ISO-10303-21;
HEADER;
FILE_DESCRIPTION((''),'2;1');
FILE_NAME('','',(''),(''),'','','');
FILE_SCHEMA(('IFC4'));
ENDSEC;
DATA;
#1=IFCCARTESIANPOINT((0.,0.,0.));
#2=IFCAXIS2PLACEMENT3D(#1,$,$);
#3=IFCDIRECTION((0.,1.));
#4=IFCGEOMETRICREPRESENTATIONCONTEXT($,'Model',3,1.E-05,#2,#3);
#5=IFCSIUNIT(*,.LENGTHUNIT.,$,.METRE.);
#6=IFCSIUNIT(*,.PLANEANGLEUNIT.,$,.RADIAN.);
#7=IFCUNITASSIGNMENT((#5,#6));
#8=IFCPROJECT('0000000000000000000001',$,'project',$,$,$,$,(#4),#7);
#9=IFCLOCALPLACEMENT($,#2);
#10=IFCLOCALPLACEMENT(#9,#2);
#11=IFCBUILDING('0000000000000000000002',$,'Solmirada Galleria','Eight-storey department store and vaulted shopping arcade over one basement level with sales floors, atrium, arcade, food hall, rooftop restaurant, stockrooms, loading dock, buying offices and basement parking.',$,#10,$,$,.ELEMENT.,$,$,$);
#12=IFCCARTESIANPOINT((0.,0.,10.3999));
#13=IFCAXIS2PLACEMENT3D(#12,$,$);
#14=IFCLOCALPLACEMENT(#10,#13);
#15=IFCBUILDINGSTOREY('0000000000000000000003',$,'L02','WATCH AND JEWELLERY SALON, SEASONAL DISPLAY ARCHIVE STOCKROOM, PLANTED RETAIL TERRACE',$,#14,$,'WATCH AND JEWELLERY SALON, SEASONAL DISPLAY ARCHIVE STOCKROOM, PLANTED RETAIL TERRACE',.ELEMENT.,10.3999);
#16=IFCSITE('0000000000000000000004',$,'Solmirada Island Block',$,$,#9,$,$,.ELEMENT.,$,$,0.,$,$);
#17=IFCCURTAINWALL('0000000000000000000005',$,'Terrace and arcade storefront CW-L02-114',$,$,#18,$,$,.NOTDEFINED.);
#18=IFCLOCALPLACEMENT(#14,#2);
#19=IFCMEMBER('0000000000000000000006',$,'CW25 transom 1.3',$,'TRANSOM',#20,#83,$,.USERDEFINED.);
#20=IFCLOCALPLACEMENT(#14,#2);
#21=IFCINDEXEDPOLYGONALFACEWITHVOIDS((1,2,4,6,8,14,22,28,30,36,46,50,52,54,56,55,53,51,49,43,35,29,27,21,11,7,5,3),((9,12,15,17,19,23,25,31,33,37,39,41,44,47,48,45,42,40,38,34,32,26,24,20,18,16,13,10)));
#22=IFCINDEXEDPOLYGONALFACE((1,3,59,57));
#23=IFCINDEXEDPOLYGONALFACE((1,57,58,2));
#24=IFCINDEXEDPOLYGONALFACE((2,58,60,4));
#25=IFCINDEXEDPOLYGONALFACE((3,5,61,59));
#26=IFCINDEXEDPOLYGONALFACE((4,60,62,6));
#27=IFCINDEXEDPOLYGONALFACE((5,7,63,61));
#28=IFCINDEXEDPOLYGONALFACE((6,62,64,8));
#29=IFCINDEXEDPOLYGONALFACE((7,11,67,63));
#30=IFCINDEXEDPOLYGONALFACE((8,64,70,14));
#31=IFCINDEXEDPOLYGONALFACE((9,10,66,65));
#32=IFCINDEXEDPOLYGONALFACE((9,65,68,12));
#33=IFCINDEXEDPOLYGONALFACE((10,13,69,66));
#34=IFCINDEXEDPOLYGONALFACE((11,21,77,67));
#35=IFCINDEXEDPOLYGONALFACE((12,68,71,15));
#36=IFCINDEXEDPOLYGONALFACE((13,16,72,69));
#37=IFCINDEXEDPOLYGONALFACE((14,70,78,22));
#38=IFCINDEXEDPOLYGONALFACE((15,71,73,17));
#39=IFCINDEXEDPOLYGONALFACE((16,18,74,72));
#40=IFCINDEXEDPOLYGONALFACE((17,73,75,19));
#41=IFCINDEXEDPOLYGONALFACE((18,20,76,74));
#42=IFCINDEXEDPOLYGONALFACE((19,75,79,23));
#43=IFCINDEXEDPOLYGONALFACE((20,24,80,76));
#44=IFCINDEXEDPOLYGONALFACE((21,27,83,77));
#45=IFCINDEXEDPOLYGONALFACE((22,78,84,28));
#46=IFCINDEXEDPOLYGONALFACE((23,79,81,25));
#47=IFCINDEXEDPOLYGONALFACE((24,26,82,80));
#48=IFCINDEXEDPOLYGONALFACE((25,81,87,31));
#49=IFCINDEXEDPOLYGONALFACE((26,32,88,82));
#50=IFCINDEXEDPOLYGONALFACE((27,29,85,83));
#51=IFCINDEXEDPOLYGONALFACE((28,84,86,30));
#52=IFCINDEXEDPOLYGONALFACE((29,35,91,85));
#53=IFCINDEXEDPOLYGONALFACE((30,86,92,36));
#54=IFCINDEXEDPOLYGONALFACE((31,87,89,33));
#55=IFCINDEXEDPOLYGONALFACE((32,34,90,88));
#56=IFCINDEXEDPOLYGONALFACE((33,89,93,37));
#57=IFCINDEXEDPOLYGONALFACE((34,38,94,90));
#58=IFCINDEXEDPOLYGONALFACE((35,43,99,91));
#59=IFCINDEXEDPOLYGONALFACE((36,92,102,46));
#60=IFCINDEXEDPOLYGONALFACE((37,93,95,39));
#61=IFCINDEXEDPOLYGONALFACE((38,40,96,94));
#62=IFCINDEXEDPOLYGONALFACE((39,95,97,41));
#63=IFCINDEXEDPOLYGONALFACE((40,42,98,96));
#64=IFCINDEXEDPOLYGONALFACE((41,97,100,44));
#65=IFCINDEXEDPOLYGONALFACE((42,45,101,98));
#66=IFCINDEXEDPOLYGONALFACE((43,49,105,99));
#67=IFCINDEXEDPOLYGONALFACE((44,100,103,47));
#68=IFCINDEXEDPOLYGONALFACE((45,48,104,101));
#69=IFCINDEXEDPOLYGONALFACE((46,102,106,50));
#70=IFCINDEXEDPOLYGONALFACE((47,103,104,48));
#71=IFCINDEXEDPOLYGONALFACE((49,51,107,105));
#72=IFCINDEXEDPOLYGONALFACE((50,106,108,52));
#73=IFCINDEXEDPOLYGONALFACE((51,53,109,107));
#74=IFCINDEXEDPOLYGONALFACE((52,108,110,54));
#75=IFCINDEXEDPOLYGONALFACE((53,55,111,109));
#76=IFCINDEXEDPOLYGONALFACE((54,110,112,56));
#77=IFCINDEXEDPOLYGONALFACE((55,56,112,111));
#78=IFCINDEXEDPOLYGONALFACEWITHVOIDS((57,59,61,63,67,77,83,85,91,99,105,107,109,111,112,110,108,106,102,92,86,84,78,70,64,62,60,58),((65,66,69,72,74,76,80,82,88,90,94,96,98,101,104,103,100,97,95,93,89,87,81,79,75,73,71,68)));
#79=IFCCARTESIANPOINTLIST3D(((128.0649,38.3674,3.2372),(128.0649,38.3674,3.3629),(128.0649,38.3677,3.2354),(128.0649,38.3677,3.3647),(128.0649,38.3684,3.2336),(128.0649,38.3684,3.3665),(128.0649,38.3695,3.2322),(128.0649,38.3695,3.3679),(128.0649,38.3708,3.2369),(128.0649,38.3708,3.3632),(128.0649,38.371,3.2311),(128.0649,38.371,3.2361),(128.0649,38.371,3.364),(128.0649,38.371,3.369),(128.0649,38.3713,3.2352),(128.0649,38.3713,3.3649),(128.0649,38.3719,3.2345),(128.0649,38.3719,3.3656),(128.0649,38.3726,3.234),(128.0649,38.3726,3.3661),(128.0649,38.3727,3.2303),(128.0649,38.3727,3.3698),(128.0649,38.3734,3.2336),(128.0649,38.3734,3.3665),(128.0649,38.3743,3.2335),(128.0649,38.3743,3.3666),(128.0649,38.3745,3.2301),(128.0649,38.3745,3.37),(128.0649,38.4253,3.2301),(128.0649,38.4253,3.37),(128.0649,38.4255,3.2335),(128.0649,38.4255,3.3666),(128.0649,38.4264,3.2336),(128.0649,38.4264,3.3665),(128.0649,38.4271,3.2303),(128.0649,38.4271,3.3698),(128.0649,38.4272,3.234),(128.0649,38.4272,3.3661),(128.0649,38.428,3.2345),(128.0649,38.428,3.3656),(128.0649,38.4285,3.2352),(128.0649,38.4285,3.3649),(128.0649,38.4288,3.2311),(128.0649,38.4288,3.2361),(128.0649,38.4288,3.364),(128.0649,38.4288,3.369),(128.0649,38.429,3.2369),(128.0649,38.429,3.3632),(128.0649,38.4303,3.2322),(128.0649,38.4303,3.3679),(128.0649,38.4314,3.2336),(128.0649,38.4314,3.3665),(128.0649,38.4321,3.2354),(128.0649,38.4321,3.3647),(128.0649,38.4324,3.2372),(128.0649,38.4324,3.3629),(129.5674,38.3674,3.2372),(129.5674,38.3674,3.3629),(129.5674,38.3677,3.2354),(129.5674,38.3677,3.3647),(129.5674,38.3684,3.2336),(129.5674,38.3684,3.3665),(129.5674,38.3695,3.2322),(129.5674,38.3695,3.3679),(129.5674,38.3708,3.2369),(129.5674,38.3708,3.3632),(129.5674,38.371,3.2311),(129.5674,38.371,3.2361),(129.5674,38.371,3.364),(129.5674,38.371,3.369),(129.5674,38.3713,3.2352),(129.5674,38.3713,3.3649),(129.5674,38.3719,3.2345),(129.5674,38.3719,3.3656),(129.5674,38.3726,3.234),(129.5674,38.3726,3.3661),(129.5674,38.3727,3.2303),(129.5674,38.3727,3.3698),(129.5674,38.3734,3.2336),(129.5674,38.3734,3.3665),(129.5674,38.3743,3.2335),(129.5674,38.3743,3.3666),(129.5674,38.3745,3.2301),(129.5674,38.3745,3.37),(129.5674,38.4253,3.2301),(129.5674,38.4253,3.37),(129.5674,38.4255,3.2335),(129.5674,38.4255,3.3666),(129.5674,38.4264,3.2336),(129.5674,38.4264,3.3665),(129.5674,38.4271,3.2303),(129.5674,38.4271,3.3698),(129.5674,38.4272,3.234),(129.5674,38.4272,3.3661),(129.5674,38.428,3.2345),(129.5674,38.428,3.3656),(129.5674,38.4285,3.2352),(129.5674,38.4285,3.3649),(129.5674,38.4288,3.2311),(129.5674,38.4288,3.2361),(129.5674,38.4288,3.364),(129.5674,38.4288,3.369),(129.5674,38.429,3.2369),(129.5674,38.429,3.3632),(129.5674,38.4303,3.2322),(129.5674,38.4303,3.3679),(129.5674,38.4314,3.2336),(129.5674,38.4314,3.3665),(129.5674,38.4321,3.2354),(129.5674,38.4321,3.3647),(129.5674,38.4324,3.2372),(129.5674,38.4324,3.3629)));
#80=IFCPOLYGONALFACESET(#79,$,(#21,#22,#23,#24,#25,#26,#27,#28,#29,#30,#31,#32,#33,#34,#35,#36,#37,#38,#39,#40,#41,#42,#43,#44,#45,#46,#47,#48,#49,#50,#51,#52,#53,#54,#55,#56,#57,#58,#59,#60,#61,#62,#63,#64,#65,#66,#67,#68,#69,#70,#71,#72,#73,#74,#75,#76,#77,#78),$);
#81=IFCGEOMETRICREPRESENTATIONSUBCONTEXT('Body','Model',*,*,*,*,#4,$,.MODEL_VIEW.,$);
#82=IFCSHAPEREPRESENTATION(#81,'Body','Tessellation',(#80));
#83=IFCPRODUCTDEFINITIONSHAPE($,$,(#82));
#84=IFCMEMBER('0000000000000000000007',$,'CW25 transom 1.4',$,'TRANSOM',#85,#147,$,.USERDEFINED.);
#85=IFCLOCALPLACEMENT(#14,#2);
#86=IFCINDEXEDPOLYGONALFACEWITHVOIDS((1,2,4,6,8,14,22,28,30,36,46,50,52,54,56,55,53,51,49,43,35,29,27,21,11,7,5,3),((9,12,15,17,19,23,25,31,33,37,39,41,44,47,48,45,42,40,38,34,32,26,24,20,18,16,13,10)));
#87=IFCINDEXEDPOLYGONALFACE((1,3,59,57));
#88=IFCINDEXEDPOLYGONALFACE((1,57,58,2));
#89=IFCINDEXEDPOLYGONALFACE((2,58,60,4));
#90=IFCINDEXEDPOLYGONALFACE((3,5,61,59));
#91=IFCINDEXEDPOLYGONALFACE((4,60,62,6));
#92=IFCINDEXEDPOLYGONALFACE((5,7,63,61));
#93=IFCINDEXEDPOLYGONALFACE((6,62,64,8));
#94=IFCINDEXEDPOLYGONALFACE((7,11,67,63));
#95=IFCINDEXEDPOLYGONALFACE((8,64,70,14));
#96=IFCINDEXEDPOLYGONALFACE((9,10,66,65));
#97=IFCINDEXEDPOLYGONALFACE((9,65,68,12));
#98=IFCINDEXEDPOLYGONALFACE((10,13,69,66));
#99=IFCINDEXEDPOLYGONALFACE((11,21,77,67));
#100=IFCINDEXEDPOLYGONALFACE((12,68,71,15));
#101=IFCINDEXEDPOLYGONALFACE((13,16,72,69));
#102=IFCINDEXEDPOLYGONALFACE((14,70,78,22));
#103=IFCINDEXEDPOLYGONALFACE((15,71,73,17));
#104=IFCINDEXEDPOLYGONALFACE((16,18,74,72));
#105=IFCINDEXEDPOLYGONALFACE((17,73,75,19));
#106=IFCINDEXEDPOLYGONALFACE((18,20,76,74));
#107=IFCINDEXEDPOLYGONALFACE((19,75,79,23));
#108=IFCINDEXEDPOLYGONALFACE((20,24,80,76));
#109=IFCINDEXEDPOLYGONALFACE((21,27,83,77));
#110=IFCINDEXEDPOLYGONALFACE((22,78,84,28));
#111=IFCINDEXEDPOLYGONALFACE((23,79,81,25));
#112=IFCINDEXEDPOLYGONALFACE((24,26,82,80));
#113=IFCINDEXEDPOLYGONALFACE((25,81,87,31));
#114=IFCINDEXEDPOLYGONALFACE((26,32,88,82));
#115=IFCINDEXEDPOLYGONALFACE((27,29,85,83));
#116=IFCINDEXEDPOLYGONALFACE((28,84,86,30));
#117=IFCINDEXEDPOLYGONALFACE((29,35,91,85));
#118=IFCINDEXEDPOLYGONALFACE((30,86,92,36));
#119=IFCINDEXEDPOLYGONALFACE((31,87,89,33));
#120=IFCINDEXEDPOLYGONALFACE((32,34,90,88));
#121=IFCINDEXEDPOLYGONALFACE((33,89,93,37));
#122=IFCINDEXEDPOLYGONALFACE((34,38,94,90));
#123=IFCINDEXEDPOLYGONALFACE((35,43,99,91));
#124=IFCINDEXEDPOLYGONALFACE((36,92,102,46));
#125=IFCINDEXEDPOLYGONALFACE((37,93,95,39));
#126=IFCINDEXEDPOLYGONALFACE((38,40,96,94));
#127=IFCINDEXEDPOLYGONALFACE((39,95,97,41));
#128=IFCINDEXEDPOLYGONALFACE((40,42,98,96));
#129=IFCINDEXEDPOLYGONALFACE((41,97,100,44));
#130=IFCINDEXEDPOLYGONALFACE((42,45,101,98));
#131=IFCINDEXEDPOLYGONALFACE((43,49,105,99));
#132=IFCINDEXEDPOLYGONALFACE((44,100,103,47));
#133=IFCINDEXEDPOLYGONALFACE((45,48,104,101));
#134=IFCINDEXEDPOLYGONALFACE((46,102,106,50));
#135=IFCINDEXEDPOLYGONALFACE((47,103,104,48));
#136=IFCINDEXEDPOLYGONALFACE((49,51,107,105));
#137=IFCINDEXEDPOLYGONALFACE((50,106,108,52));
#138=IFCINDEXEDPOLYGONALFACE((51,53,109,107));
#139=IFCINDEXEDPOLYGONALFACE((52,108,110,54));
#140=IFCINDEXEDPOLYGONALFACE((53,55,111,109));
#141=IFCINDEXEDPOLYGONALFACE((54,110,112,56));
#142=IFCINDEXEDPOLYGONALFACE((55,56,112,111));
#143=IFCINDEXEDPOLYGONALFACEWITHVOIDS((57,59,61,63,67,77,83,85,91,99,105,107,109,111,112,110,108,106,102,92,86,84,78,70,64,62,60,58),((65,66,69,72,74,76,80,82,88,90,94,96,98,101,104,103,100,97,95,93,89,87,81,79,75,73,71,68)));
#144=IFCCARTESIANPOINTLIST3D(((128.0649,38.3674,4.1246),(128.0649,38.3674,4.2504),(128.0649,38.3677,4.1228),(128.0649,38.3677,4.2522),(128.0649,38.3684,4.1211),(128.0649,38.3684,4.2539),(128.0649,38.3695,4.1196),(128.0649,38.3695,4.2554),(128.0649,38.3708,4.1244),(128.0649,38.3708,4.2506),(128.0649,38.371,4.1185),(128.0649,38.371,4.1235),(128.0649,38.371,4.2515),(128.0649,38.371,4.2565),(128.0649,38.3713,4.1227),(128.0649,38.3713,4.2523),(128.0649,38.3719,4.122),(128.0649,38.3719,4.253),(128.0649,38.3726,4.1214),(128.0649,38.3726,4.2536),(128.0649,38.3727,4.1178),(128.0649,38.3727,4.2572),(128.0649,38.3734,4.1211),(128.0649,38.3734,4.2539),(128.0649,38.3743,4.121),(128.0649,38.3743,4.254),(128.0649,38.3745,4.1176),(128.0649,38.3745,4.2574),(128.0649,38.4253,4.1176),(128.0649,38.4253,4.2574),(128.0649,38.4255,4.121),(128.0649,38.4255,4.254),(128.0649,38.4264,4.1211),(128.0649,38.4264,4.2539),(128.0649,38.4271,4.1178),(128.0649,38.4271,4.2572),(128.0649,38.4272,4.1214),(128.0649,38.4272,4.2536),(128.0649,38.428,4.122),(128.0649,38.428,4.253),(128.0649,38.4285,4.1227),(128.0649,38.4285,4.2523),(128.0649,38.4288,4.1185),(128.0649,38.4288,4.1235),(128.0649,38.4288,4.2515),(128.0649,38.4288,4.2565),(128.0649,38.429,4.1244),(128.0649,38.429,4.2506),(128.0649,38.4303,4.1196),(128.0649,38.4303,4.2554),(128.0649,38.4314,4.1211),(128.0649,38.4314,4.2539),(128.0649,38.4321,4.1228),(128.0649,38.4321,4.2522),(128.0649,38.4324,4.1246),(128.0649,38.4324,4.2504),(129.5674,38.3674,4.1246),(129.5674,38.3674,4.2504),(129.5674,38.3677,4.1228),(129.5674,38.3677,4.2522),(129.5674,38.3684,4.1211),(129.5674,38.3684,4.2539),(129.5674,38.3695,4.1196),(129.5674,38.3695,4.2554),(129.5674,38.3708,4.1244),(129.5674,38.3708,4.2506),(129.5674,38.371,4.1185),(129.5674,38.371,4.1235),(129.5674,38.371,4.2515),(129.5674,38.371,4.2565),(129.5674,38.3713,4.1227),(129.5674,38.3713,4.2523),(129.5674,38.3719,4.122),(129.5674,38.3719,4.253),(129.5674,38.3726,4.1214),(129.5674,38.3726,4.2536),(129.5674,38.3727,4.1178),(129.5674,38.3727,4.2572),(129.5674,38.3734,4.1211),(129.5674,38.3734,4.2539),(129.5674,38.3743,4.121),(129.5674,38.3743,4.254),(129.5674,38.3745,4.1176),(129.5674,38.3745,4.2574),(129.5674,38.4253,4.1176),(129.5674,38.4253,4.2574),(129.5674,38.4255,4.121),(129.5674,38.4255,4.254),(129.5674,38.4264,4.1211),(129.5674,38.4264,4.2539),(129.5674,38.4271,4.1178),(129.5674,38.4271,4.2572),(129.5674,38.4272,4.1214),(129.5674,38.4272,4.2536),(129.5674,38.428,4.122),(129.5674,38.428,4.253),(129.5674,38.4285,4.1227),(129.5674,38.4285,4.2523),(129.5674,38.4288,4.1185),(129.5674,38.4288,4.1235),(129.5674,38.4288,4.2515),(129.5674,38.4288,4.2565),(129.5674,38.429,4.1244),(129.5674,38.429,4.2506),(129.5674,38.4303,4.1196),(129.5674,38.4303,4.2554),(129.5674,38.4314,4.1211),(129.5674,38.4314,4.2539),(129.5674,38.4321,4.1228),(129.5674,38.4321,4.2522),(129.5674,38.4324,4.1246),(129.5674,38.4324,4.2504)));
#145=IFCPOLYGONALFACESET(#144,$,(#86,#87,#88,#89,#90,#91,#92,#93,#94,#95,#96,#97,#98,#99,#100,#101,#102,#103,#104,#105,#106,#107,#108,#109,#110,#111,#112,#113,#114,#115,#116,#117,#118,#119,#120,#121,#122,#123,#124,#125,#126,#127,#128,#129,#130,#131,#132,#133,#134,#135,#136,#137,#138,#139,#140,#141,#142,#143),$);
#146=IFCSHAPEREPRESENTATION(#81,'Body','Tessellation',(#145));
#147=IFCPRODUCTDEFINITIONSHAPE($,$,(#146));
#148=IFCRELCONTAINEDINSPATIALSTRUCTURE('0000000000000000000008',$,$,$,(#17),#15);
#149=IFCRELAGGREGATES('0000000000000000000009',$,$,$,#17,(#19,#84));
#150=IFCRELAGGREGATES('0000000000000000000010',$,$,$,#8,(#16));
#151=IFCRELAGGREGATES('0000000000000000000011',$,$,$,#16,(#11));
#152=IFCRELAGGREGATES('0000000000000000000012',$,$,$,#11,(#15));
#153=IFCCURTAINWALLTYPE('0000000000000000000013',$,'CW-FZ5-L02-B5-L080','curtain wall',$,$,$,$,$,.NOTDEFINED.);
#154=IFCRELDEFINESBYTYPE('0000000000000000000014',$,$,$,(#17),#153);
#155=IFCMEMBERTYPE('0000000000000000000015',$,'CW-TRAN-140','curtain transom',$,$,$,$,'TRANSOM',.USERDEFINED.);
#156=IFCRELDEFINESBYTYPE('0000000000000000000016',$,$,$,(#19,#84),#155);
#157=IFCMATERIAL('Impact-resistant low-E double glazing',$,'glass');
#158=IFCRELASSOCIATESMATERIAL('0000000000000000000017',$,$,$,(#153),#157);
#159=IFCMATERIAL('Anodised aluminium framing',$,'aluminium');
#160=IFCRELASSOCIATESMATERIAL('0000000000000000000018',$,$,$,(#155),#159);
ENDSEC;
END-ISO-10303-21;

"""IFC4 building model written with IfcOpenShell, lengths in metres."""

from ifc_helpers import new_model, si_unit, direction, frame, origin, origin_2d, place, context, subcontext, project, spatial, hollow_rectangle, extrude, material, material_profile, profile_set, type_object, element, aggregate, save


model = new_model("IFC4")

# Units and contexts
model_context = context("Model", 3, precision=1e-05, world=origin(), true_north=direction((0.0, 1.0)))
body_context = subcontext(model_context, "Body", "Model", "MODEL_VIEW")
ifc_project = project(units=[si_unit("LENGTHUNIT", "METRE"), si_unit("PLANEANGLEUNIT", "RADIAN")], contexts=[model_context])

# Site, building, storey
site_placement = place(None, origin())
site = spatial("IfcSite", under=ifc_project, at=site_placement, Name="Solmirada Island Block", CompositionType="ELEMENT", RefElevation=0.0)
building_placement = place(site_placement, origin())
building = spatial("IfcBuilding", under=site, at=building_placement, Name="Solmirada Galleria", Description="Eight-storey department store and vaulted shopping arcade over one basement level with sales floors, atrium, arcade, food hall, rooftop restaurant, stockrooms, loading dock, buying offices and basement parking.", CompositionType="ELEMENT")
storey_placement = place(building_placement, frame((0.0, 0.0, 10.3999)))
storey = spatial("IfcBuildingStorey", under=building, at=storey_placement, Name="L02", Description="WATCH AND JEWELLERY SALON, SEASONAL DISPLAY ARCHIVE STOCKROOM, PLANTED RETAIL TERRACE", LongName="WATCH AND JEWELLERY SALON, SEASONAL DISPLAY ARCHIVE STOCKROOM, PLANTED RETAIL TERRACE", CompositionType="ELEMENT", Elevation=10.3999)

# Shared definitions
ifc_material_1 = material(Name="Impact-resistant low-E double glazing", Category="glass")
curtain_wall_type = type_object("IfcCurtainWallType", Name="CW-FZ5-L02-B5-L080", Description="curtain wall", PredefinedType="NOTDEFINED", material=ifc_material_1)
ifc_material_2 = material(Name="Anodised aluminium framing", Category="aluminium")

# Curtain wall
curtain_wall_1_placement = place(storey_placement, origin())
curtain_wall_1 = element("IfcCurtainWall", 1, at=curtain_wall_1_placement, inside=storey, type_object=curtain_wall_type, Name="Terrace and arcade storefront CW-L02-114", PredefinedType="NOTDEFINED")

# Members
ifc_material_profile_1 = material_profile(ifc_material_2, hollow_rectangle(XDim=0.0649, YDim=0.1399, WallThickness=0.0034, InnerFilletRadius=0.0034, OuterFilletRadius=0.0071, at=origin_2d()), Name="ALU-TRAN-140X65")
ifc_profile_set_1 = profile_set([ifc_material_profile_1], Name="Anodised aluminium framing")
member_type_1 = type_object("IfcMemberType", Name="CW-TRAN-140", Description="curtain transom", ElementType="TRANSOM", PredefinedType="USERDEFINED", material=ifc_profile_set_1)
member_1_placement = place(storey_placement, frame((128.0649, 38.3999, 3.3), z_axis=(1.0, 0.0, 0.0), x_axis=(0.0, 1.0, 0.0)))
member_1 = element("IfcMember", 2, at=member_1_placement, type_object=member_type_1, Name="CW25 transom 1.3", ObjectType="TRANSOM", PredefinedType="USERDEFINED", context=body_context, shape_type="SweptSolid", body=[
    extrude(hollow_rectangle(XDim=0.0649, YDim=0.1399, WallThickness=0.0034, InnerFilletRadius=0.0034, OuterFilletRadius=0.0071, at=origin_2d()), origin(), (0.0, 0.0, 1.0), 1.5024),
])
member_2_placement = place(storey_placement, frame((128.0649, 38.3999, 4.1875), z_axis=(1.0, 0.0, 0.0), x_axis=(0.0, 1.0, 0.0)))
member_2 = element("IfcMember", 3, at=member_2_placement, type_object=member_type_1, Name="CW25 transom 1.4", ObjectType="TRANSOM", PredefinedType="USERDEFINED", context=body_context, shape_type="SweptSolid", body=[
    extrude(hollow_rectangle(XDim=0.0649, YDim=0.1399, WallThickness=0.0034, InnerFilletRadius=0.0034, OuterFilletRadius=0.0071, at=origin_2d()), origin(), (0.0, 0.0, 1.0), 1.5024),
])

aggregate(curtain_wall_1, [member_1, member_2])

save(model, "model.ifc")
